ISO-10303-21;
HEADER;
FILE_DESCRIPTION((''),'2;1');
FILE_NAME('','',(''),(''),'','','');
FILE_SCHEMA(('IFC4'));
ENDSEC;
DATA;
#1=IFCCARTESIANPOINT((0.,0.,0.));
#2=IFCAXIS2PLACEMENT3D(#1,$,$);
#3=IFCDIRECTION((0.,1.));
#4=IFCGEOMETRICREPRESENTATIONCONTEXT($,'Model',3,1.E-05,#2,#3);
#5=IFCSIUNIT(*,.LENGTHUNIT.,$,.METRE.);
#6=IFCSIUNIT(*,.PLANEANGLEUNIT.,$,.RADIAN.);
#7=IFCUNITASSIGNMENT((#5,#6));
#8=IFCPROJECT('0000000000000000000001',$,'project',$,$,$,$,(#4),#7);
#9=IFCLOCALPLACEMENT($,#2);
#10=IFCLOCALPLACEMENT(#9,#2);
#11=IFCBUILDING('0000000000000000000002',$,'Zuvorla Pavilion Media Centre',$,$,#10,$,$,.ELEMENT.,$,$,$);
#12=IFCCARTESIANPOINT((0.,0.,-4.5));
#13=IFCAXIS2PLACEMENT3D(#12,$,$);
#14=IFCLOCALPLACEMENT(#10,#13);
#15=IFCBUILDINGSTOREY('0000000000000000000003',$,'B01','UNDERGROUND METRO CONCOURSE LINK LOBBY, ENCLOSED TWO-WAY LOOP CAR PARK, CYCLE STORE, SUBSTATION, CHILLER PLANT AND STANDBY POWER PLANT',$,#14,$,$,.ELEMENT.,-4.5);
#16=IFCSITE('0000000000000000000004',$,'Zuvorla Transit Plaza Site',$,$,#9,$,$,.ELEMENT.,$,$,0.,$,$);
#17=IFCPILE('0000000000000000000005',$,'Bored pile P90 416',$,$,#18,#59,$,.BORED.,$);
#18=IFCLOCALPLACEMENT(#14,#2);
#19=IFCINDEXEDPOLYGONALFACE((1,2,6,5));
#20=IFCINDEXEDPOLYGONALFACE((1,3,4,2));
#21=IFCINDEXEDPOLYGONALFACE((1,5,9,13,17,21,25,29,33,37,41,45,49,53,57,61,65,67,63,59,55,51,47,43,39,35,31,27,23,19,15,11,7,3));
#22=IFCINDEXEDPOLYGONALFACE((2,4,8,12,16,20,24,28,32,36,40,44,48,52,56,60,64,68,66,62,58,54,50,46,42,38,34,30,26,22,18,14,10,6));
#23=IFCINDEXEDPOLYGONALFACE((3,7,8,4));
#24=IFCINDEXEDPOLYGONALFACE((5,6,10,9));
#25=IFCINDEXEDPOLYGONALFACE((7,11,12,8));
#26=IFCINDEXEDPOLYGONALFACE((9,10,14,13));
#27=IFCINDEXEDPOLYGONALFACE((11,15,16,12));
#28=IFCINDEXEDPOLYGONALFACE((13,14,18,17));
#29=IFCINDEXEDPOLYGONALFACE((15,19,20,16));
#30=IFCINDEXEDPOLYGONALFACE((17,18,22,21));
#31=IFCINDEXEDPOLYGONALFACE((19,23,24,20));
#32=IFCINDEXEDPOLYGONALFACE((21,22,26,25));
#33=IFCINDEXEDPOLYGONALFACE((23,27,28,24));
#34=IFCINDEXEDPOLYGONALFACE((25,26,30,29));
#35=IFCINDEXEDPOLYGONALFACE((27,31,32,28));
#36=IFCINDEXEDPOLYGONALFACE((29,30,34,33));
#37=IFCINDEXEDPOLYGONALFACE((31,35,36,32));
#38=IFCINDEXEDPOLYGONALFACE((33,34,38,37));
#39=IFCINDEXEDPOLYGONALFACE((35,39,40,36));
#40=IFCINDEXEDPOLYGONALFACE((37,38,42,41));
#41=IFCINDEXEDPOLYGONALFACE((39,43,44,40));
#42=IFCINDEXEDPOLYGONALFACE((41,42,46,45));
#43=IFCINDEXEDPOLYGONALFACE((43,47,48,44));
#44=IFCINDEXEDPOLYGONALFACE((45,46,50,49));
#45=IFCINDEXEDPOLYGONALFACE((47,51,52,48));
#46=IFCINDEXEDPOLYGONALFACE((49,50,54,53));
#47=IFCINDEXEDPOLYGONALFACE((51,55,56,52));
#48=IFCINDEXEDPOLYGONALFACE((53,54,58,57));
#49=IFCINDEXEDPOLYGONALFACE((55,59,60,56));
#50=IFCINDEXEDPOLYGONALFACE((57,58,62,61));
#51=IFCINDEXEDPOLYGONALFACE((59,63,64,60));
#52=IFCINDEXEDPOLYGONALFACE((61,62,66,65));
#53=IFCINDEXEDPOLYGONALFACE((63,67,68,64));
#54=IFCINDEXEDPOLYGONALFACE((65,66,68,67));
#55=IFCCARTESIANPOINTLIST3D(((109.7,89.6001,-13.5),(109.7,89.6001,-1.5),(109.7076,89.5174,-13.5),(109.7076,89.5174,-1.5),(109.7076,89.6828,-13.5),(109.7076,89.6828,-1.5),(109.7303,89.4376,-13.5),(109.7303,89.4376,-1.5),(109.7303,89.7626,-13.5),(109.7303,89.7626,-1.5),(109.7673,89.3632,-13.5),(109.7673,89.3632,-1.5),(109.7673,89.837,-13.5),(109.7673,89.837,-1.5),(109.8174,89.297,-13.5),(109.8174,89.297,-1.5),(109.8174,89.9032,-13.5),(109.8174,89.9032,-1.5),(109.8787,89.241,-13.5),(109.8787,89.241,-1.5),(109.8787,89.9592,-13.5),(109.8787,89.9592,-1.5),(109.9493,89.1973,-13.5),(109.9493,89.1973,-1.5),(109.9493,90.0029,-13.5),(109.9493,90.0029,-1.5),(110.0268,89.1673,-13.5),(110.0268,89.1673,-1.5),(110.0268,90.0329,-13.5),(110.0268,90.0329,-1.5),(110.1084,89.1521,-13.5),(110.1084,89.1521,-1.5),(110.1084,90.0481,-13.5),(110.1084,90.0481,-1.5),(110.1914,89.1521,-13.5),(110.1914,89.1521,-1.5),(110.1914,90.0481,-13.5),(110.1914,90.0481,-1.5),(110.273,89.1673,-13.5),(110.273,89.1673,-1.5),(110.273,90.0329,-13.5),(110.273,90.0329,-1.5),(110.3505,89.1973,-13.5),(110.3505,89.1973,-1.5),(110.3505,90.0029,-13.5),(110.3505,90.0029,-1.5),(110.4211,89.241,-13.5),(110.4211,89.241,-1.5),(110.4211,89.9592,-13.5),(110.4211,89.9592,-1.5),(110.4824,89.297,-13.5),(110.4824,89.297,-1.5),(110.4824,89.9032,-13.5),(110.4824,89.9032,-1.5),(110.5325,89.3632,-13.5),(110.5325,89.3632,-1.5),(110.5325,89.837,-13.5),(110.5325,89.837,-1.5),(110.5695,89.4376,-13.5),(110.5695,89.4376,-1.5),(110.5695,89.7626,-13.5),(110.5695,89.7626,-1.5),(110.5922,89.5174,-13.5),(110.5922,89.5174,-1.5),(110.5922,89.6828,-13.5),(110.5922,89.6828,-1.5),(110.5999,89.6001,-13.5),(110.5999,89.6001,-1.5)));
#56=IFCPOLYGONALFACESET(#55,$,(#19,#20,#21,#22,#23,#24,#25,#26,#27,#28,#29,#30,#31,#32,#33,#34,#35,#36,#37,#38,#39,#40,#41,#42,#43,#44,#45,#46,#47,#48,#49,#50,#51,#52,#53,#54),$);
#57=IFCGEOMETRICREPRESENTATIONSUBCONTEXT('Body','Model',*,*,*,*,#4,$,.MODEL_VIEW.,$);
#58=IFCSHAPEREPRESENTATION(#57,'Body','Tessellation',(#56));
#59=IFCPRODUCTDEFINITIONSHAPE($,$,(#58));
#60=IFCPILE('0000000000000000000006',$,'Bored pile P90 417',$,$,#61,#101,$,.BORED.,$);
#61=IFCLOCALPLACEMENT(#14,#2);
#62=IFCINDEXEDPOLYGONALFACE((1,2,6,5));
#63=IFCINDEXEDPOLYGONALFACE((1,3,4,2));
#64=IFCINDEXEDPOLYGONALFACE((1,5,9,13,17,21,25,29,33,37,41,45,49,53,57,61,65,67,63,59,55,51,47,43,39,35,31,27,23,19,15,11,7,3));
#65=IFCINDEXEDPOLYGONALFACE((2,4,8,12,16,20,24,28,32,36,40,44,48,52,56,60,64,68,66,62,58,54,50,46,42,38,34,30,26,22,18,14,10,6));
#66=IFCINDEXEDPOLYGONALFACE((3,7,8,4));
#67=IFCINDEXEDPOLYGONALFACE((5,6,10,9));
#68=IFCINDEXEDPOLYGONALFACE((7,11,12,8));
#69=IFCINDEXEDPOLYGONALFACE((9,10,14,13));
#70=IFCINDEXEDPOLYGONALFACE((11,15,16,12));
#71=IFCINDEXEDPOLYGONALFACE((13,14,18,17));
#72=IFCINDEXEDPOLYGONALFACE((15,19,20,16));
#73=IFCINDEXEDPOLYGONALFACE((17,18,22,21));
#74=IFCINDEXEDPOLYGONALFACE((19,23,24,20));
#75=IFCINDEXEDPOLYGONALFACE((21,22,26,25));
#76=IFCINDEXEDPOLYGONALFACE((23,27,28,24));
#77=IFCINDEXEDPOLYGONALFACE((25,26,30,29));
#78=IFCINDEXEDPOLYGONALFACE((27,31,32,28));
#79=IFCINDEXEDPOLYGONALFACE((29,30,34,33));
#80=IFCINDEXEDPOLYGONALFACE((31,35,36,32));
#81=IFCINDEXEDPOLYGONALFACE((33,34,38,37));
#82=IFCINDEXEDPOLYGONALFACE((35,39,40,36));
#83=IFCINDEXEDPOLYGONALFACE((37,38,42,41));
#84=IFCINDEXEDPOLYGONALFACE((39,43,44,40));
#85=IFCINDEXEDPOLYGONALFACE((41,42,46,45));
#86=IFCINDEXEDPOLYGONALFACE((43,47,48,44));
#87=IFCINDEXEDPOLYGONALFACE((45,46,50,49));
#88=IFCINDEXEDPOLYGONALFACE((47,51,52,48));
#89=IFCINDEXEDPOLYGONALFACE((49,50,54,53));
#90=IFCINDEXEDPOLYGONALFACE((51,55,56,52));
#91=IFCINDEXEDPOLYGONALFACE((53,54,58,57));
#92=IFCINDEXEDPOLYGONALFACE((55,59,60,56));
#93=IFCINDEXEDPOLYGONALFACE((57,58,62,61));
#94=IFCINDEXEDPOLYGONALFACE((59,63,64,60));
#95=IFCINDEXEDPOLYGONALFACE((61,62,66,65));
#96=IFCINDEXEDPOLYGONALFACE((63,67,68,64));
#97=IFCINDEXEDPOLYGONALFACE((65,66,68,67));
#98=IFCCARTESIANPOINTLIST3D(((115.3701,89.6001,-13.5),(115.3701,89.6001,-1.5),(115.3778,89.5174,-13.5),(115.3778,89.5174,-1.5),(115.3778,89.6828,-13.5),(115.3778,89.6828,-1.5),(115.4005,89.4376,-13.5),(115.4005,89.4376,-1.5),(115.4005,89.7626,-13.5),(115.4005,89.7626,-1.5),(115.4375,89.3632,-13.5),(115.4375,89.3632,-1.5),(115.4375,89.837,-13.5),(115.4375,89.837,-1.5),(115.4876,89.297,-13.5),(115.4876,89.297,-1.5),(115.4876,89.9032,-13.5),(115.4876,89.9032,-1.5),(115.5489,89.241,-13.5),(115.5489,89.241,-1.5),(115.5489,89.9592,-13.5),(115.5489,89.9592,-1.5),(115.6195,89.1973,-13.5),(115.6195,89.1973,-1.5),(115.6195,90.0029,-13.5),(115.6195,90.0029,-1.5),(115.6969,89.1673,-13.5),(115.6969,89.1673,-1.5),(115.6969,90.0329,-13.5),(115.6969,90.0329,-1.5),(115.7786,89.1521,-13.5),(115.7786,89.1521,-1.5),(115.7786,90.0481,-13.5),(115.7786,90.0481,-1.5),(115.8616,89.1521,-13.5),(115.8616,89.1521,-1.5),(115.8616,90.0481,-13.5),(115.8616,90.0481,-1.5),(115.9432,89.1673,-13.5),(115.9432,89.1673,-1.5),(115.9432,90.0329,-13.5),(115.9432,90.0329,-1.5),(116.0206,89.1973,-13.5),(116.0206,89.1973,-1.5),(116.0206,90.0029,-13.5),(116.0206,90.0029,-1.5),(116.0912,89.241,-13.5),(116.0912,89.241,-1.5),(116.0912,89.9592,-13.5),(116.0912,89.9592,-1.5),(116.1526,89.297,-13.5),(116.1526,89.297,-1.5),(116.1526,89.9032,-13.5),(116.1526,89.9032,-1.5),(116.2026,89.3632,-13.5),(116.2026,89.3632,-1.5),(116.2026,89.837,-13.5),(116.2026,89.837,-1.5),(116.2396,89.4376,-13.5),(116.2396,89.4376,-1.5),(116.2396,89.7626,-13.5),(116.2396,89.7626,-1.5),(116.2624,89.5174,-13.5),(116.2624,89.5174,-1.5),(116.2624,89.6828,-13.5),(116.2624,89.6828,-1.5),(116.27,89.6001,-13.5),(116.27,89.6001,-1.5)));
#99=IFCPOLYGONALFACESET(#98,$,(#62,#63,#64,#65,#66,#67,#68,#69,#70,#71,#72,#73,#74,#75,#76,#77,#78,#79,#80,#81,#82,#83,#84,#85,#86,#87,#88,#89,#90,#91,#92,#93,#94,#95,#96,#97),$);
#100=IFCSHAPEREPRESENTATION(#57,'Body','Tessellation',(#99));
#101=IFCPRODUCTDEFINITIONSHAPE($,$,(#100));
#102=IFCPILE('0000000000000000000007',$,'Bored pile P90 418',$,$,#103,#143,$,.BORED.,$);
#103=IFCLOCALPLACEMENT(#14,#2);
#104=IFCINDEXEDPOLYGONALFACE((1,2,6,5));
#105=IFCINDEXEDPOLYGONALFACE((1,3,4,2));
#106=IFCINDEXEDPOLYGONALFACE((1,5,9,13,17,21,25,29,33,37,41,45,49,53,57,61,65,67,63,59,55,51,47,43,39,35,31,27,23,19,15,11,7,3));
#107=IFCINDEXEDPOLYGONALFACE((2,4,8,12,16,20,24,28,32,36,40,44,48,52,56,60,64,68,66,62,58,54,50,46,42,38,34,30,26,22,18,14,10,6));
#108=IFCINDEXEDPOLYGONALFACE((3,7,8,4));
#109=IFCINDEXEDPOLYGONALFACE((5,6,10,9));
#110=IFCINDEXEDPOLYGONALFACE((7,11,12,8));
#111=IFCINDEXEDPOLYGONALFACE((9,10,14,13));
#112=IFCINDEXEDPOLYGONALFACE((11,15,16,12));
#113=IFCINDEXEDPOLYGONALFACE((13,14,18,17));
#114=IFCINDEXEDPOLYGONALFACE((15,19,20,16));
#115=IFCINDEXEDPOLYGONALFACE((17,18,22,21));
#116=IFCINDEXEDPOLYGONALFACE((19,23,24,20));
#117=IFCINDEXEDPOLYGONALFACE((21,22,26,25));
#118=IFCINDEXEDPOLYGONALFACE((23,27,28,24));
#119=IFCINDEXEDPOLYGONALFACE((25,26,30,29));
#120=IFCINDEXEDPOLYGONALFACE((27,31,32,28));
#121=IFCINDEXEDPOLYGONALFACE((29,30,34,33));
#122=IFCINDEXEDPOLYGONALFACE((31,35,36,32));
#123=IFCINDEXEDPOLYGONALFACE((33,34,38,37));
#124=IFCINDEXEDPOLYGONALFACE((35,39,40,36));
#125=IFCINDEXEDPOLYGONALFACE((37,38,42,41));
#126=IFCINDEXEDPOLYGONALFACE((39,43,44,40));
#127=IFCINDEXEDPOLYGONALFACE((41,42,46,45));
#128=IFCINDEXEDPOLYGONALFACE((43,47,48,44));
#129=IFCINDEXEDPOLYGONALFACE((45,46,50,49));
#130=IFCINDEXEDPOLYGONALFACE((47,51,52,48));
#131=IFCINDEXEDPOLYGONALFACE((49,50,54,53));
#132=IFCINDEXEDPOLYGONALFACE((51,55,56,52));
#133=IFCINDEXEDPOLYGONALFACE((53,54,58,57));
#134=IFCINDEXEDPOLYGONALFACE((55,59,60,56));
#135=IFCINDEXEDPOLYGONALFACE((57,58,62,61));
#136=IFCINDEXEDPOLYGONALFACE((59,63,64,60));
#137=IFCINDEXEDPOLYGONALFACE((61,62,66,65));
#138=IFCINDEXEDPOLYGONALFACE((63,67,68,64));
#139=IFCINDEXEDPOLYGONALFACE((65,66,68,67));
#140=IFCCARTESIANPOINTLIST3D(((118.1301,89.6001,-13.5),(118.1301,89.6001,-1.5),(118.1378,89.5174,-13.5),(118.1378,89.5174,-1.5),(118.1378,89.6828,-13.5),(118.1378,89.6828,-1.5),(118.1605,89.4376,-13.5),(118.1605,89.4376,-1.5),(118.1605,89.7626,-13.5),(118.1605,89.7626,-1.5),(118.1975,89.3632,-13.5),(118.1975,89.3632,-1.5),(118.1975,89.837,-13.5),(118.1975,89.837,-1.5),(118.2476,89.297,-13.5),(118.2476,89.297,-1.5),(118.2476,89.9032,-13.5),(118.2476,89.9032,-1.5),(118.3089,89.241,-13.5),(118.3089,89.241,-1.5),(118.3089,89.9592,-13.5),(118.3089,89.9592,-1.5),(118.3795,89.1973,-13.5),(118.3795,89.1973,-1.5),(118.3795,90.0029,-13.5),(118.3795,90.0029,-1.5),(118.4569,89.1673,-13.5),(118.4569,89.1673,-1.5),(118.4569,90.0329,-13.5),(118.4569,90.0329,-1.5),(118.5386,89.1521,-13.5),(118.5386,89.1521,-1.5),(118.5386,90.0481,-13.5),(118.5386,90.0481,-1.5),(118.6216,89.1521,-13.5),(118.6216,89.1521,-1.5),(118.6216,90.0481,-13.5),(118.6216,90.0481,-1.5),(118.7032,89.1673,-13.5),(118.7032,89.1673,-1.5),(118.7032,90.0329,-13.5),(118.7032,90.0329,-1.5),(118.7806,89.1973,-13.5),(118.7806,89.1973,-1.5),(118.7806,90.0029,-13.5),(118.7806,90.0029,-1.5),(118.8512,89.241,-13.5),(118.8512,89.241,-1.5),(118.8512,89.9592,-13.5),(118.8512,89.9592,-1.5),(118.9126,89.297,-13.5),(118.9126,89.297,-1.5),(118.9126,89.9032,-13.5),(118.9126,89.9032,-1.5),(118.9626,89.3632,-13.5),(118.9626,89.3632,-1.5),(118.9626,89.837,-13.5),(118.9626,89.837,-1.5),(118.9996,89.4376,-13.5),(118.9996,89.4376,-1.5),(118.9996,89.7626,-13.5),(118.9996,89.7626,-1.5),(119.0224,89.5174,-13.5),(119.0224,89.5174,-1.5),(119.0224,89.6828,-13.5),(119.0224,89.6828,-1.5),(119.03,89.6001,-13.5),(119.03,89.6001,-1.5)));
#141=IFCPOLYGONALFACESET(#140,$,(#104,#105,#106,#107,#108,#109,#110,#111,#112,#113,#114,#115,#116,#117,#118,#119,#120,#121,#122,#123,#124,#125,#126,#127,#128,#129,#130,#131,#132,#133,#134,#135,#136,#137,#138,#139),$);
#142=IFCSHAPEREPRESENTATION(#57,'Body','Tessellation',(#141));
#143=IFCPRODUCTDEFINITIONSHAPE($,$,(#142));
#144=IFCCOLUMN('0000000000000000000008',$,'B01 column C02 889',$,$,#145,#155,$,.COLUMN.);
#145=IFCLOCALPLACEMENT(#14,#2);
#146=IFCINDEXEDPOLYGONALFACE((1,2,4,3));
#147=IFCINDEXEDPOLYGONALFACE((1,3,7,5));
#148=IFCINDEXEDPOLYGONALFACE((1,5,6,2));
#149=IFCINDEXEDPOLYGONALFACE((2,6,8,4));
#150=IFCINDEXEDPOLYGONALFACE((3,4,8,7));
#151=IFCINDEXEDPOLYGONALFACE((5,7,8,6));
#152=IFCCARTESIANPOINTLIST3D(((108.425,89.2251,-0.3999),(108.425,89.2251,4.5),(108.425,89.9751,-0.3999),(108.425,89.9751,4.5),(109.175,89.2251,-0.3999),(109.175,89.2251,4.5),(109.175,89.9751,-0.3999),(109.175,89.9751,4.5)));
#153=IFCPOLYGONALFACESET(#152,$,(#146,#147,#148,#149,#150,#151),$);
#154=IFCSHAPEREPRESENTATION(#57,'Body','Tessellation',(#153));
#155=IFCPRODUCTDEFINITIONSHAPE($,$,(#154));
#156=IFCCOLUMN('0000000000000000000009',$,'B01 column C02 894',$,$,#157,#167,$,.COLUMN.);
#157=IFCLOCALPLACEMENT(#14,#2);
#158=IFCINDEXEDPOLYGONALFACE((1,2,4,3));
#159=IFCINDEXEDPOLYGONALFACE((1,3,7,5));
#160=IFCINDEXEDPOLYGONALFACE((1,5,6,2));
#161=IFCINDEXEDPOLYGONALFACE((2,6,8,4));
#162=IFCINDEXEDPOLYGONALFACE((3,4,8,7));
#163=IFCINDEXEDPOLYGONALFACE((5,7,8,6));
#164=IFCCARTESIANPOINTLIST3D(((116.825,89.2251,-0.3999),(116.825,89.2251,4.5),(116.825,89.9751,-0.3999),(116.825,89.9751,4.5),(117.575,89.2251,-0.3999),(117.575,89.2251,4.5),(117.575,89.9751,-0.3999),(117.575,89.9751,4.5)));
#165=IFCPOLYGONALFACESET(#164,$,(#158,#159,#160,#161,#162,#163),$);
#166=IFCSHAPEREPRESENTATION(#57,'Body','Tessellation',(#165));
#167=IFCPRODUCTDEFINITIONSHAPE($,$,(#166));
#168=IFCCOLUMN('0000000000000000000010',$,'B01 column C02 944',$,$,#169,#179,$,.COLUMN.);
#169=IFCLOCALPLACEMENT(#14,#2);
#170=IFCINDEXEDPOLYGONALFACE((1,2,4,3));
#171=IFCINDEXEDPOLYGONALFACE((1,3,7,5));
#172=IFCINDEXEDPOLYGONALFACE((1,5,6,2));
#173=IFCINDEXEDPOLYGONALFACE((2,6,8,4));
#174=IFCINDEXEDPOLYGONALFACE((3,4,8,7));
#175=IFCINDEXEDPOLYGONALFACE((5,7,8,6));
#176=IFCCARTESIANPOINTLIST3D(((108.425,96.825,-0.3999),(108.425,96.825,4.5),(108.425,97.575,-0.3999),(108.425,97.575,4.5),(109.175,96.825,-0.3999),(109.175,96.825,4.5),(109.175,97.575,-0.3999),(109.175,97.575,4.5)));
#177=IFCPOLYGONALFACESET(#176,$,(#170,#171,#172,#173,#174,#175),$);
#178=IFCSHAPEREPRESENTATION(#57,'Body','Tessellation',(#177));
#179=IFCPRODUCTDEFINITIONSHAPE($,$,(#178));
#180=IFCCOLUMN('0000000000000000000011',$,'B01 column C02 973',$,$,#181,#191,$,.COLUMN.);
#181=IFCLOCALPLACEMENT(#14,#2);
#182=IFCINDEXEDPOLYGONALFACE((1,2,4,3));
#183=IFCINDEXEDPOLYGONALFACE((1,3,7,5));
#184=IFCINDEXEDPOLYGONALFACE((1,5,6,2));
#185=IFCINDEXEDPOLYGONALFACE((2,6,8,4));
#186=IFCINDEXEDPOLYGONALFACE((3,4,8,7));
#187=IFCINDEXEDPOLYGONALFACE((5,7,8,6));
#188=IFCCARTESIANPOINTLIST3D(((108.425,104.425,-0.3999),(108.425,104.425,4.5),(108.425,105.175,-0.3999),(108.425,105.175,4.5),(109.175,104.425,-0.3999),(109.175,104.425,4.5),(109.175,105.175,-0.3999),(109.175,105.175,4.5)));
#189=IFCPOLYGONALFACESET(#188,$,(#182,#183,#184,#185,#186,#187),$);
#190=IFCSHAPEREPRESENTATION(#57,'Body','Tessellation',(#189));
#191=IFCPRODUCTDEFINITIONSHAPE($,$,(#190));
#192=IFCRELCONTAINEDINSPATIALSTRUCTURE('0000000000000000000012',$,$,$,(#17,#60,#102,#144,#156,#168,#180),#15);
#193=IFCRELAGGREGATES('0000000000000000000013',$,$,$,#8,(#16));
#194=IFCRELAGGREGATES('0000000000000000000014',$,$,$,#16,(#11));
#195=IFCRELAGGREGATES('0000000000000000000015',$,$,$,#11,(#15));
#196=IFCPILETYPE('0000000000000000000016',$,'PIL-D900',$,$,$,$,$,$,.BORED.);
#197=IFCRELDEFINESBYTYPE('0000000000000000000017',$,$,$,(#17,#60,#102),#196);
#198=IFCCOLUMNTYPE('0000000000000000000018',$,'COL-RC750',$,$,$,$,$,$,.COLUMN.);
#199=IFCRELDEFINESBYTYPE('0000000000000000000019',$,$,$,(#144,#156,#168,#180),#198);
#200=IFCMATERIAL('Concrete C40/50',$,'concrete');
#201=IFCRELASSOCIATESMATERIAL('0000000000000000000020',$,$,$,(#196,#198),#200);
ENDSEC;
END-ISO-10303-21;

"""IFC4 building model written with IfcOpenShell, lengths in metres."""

from ifc_helpers import new_model, si_unit, direction, frame, origin, origin_2d, place, context, subcontext, project, spatial, rectangle, circle, extrude, material, material_profile, profile_set, type_object, element, save


model = new_model("IFC4")

# Units and contexts
model_context = context("Model", 3, precision=1e-05, world=origin(), true_north=direction((0.0, 1.0)))
body_context = subcontext(model_context, "Body", "Model", "MODEL_VIEW")
ifc_project = project(units=[si_unit("LENGTHUNIT", "METRE"), si_unit("PLANEANGLEUNIT", "RADIAN")], contexts=[model_context])

# Site, building, storey
site_placement = place(None, origin())
site = spatial("IfcSite", under=ifc_project, at=site_placement, Name="Zuvorla Transit Plaza Site", CompositionType="ELEMENT", RefElevation=0.0)
building_placement = place(site_placement, origin())
building = spatial("IfcBuilding", under=site, at=building_placement, Name="Zuvorla Pavilion Media Centre", CompositionType="ELEMENT")
storey_placement = place(building_placement, frame((0.0, 0.0, -4.5)))
storey = spatial("IfcBuildingStorey", under=building, at=storey_placement, Name="B01", Description="UNDERGROUND METRO CONCOURSE LINK LOBBY, ENCLOSED TWO-WAY LOOP CAR PARK, CYCLE STORE, SUBSTATION, CHILLER PLANT AND STANDBY POWER PLANT", CompositionType="ELEMENT", Elevation=-4.5)

# Shared definitions
ifc_material = material(Name="Concrete C40/50", Category="concrete")

# Piles
ifc_material_profile_1 = material_profile(ifc_material, circle(Radius=0.45, at=origin_2d()), Name="BORED PILE 900")
ifc_profile_set_1 = profile_set([ifc_material_profile_1], Name="Concrete C40/50")
pile_type_1 = type_object("IfcPileType", Name="PIL-D900", PredefinedType="BORED", material=ifc_profile_set_1)
for number, where, z_axis, x_axis, name in (
    (1, (110.1499, 89.6001, -1.5), (0.0, 0.0, -1.0), (1.0, 0.0, 0.0), "Bored pile P90 416"),
    (2, (115.8201, 89.6001, -1.5), (0.0, 0.0, -1.0), (1.0, 0.0, 0.0), "Bored pile P90 417"),
    (3, (118.5801, 89.6001, -1.5), (0.0, 0.0, -1.0), (1.0, 0.0, 0.0), "Bored pile P90 418"),
):
    element("IfcPile", number, at=place(storey_placement, frame(where, z_axis=z_axis, x_axis=x_axis)), inside=storey, type_object=pile_type_1, Name=name, PredefinedType="BORED", context=body_context, shape_type="SweptSolid", body=[
        extrude(circle(Radius=0.45, at=origin_2d()), origin(), (0.0, 0.0, 1.0), 12.0),
    ])

# Columns
ifc_material_profile_2 = material_profile(ifc_material, rectangle(XDim=0.75, YDim=0.75, at=origin_2d()), Name="RC 750x750")
ifc_profile_set_2 = profile_set([ifc_material_profile_2], Name="Concrete C40/50")
column_type = type_object("IfcColumnType", Name="COL-RC750", PredefinedType="COLUMN", material=ifc_profile_set_2)
for number, where, z_axis, x_axis, name in (
    (4, (108.8, 89.6001, -0.3999), (0.0, 0.0, 1.0), (1.0, 0.0, 0.0), "B01 column C02 889"),
    (5, (117.2, 89.6001, -0.3999), (0.0, 0.0, 1.0), (1.0, 0.0, 0.0), "B01 column C02 894"),
    (6, (108.8, 97.2, -0.3999), (0.0, 0.0, 1.0), (1.0, 0.0, 0.0), "B01 column C02 944"),
    (7, (108.8, 104.8, -0.3999), (0.0, 0.0, 1.0), (1.0, 0.0, 0.0), "B01 column C02 973"),
):
    element("IfcColumn", number, at=place(storey_placement, frame(where, z_axis=z_axis, x_axis=x_axis)), inside=storey, type_object=column_type, Name=name, PredefinedType="COLUMN", context=body_context, shape_type="SweptSolid", body=[
        extrude(rectangle(XDim=0.75, YDim=0.75, at=origin_2d()), origin(), (0.0, 0.0, 1.0), 4.8999),
    ])

save(model, "model.ifc")
